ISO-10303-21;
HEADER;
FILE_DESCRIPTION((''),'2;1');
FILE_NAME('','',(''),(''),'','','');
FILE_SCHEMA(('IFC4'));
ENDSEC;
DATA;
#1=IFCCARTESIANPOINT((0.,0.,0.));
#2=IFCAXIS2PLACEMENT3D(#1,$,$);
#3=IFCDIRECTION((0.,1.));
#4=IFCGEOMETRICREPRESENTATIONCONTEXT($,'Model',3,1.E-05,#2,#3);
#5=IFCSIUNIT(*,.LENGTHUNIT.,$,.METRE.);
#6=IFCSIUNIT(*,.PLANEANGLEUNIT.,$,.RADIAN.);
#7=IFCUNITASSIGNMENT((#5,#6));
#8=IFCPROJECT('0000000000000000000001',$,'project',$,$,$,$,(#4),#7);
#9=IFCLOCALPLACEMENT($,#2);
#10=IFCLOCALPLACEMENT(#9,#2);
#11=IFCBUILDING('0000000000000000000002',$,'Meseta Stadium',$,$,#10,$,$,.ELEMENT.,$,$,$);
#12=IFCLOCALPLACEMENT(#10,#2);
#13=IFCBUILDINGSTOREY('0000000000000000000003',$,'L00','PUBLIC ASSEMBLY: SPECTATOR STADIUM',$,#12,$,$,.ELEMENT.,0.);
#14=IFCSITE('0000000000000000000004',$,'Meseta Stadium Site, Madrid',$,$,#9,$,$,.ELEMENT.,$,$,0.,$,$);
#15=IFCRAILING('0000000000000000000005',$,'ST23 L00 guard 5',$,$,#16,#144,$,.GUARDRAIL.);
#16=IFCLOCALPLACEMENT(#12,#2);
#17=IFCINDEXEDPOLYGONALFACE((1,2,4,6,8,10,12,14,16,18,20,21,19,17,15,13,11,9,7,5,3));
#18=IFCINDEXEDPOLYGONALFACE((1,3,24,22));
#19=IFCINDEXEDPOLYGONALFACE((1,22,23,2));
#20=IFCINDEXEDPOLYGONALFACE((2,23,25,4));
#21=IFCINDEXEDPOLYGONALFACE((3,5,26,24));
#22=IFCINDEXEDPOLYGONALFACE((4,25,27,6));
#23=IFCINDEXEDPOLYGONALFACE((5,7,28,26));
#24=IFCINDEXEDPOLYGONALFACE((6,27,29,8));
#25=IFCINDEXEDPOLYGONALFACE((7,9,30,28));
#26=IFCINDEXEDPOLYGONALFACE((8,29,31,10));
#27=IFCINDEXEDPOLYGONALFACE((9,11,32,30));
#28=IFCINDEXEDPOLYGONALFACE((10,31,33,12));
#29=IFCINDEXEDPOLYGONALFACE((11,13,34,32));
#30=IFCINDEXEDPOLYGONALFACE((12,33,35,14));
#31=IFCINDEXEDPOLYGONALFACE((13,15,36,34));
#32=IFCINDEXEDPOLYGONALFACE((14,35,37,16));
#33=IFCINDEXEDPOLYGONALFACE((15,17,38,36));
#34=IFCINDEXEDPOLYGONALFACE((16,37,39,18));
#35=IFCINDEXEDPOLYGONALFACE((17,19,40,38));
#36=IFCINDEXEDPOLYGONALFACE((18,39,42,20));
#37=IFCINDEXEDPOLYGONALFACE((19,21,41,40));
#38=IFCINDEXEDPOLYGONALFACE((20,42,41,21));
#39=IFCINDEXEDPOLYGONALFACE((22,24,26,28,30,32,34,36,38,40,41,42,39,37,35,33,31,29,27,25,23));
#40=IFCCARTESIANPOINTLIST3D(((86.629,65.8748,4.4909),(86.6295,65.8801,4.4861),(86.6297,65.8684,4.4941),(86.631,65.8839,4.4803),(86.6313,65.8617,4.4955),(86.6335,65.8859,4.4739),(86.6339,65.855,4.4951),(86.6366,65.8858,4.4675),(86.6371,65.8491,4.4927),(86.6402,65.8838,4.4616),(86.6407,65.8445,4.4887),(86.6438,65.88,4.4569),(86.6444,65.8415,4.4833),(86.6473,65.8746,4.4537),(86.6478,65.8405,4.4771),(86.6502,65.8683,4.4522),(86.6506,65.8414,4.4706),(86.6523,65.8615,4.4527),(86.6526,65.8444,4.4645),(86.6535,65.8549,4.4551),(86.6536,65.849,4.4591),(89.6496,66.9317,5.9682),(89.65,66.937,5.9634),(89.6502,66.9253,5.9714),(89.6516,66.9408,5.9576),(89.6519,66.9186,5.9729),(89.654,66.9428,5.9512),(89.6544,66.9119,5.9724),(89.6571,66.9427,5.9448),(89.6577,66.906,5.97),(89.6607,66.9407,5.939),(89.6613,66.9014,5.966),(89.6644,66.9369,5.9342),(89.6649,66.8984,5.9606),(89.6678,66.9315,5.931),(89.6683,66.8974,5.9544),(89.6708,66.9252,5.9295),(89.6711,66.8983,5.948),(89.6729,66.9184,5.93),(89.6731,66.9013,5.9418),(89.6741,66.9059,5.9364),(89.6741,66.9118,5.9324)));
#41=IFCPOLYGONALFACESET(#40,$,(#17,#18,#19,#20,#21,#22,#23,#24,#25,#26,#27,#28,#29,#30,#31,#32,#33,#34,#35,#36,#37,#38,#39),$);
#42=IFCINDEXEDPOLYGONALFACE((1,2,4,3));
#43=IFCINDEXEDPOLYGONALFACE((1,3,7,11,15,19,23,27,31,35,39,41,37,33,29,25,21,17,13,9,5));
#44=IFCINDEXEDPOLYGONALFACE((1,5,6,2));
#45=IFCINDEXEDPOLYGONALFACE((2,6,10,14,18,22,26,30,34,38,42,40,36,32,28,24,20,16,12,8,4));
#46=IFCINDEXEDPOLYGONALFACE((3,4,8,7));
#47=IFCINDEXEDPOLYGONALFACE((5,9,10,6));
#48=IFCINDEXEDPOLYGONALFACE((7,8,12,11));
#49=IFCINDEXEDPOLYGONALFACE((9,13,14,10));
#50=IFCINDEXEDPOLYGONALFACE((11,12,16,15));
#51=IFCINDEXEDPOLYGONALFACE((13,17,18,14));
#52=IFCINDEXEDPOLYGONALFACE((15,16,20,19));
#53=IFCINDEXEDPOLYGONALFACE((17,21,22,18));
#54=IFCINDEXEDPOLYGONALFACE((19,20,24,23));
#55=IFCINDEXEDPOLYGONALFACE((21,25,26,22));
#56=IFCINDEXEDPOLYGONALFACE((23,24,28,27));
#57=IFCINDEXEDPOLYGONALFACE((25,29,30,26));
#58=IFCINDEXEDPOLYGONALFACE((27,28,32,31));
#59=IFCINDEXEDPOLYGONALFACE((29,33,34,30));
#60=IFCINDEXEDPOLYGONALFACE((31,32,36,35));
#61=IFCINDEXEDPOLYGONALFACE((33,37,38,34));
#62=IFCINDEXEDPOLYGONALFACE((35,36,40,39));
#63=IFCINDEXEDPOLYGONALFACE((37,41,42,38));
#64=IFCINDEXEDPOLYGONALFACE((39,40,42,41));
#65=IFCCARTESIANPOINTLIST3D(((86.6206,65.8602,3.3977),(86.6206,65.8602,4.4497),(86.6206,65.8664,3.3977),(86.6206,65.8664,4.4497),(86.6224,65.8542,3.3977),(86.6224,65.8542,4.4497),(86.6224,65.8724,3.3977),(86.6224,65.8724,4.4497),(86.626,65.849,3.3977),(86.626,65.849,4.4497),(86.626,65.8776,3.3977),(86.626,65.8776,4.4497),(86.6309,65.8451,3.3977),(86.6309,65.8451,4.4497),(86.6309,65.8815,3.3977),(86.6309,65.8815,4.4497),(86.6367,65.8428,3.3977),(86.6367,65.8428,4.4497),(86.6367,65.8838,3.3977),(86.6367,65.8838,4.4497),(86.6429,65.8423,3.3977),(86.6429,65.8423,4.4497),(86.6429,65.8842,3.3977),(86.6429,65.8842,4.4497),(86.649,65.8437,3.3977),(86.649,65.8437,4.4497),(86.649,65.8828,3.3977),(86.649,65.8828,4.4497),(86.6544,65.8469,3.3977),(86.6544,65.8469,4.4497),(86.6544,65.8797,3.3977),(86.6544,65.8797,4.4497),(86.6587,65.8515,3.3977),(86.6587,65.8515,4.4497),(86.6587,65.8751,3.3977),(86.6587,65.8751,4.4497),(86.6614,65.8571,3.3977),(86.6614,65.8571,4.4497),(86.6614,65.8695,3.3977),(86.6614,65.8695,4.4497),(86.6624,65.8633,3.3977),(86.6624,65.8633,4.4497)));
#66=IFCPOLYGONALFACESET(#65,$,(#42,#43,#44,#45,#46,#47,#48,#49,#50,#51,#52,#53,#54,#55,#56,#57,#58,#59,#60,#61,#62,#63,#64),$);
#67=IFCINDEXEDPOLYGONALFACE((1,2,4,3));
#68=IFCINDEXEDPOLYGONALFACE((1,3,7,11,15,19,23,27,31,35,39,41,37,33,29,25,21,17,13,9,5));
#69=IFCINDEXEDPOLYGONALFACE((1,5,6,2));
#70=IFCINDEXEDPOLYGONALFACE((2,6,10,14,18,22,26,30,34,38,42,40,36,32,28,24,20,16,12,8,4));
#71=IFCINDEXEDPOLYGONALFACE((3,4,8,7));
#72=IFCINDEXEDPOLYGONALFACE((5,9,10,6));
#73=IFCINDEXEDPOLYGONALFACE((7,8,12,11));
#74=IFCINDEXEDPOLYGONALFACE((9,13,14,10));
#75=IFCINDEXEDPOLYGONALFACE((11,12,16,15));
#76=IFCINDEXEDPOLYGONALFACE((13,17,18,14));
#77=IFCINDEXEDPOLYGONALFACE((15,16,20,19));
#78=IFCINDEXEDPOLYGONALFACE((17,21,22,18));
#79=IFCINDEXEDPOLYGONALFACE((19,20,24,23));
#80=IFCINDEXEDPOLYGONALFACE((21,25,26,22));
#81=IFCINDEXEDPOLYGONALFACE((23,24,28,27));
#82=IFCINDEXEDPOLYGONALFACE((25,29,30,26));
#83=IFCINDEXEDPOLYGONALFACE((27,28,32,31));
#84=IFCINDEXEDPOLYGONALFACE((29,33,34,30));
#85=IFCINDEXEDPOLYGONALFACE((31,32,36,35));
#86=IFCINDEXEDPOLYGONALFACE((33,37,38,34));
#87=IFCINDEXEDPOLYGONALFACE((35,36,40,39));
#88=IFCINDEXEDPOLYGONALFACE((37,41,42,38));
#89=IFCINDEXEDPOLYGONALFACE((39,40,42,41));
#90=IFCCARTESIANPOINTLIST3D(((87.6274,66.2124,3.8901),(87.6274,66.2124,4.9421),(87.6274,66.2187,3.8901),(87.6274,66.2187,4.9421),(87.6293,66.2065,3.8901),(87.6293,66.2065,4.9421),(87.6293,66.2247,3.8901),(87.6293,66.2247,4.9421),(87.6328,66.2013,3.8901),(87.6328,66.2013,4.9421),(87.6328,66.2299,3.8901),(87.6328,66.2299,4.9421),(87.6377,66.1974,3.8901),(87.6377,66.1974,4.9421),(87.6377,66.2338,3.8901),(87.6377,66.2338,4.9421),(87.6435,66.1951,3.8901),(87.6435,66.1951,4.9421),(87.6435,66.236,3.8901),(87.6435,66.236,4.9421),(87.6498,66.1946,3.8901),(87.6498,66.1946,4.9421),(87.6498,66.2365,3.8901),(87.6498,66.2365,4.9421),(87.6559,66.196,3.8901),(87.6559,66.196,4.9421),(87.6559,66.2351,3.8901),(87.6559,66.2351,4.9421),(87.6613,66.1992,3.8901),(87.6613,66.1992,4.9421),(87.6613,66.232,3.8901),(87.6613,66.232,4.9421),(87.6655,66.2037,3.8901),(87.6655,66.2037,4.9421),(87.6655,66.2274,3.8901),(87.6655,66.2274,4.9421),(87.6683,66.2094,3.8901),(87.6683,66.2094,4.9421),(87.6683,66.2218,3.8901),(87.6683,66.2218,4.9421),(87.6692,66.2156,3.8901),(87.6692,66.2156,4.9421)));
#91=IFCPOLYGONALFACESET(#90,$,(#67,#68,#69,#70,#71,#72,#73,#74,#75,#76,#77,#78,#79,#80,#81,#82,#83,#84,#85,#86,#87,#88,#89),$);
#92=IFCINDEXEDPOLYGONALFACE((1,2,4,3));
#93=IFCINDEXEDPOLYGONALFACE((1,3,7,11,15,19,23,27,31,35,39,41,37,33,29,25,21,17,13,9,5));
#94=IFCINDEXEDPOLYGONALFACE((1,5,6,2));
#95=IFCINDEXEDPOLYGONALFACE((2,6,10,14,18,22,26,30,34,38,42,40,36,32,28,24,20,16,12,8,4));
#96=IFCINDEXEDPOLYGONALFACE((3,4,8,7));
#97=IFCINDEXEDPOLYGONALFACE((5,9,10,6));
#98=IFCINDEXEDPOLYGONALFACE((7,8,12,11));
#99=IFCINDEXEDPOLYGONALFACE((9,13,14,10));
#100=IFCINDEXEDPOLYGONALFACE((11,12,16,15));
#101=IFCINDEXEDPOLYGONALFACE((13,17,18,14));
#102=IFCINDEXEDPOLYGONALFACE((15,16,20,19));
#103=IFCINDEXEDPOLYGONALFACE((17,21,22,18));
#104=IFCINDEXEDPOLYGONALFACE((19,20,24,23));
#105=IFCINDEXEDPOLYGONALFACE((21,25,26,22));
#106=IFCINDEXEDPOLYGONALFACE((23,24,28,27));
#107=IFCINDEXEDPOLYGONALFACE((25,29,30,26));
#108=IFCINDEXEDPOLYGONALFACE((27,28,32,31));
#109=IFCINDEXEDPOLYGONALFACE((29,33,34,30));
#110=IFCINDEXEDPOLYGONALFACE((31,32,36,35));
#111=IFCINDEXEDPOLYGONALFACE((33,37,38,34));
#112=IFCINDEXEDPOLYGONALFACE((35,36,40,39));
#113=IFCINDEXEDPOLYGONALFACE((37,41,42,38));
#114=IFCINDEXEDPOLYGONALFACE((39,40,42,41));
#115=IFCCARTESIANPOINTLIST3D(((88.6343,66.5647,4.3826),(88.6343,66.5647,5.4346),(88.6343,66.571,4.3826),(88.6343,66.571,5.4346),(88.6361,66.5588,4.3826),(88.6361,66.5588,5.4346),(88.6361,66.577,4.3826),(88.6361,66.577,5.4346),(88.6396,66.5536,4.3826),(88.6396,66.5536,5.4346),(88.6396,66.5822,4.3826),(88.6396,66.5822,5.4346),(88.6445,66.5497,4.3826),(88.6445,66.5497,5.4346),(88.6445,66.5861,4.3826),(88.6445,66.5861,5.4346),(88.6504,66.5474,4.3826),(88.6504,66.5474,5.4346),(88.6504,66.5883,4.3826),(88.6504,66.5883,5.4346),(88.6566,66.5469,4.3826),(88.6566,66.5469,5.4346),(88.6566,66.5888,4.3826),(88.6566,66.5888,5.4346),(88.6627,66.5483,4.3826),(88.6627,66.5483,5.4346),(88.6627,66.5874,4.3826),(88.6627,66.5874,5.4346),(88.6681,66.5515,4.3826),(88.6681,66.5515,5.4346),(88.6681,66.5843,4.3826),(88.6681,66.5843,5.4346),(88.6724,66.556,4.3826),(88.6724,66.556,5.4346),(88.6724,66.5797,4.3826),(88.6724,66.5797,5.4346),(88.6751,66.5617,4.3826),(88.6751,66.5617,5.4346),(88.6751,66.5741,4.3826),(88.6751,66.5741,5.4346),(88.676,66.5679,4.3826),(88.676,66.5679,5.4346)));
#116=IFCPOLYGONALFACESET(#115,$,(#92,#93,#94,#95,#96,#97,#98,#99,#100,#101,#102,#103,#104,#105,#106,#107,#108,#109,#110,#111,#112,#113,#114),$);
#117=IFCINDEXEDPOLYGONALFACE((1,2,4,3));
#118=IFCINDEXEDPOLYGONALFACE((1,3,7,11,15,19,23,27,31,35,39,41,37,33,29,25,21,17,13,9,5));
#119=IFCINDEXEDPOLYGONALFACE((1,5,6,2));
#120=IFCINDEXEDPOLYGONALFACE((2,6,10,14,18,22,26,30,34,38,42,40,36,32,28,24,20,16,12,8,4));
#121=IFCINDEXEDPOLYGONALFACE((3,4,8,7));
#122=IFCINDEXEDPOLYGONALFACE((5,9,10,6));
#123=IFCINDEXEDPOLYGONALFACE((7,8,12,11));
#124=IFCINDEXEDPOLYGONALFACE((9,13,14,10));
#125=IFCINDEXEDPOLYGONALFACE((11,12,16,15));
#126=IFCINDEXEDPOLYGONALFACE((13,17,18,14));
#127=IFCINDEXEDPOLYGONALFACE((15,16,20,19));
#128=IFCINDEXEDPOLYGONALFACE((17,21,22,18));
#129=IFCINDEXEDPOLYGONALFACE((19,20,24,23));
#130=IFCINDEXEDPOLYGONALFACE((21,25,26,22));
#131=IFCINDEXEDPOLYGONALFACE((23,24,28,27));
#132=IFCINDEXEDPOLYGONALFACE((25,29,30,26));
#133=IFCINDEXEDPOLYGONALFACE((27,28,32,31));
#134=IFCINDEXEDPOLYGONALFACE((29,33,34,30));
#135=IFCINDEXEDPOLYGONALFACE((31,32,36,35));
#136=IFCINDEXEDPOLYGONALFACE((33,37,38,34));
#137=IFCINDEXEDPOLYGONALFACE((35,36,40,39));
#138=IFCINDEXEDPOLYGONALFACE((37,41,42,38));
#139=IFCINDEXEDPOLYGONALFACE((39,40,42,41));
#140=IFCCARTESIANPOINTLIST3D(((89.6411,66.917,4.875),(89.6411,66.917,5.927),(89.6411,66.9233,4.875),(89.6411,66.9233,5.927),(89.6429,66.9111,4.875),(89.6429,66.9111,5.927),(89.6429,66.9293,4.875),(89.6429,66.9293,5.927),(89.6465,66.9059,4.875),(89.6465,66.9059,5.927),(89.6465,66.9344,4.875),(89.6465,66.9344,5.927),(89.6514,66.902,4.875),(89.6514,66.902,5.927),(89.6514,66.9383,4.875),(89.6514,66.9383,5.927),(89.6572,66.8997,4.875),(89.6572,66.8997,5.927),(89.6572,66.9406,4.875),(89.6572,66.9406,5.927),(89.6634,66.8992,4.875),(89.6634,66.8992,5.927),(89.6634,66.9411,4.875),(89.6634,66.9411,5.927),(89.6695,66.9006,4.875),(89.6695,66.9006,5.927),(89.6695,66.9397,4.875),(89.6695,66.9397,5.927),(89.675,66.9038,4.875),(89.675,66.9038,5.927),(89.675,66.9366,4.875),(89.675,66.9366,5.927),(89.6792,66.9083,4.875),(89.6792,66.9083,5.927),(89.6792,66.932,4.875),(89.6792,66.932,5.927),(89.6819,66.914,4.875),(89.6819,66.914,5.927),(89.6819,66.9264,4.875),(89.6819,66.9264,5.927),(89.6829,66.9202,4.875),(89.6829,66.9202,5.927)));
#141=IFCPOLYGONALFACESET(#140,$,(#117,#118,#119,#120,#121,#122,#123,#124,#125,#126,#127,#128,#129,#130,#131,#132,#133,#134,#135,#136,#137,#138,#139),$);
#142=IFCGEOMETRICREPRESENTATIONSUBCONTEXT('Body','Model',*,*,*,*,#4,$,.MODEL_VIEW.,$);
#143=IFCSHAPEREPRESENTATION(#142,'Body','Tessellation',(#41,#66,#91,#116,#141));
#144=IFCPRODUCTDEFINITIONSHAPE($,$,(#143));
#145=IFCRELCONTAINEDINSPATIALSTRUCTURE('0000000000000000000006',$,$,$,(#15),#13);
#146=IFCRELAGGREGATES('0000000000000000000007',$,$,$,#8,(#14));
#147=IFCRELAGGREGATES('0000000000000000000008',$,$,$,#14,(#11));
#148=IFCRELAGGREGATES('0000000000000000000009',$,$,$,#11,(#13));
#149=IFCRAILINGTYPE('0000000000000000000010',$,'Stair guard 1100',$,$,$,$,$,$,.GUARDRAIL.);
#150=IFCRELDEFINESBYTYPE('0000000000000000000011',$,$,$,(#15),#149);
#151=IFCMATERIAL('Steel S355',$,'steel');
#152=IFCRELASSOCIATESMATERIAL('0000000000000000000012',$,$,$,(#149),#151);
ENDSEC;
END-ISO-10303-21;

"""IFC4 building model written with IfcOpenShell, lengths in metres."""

from ifc_helpers import new_model, si_unit, direction, frame, origin, origin_2d, place, context, subcontext, project, spatial, circle, extrude, material, type_object, element, save


model = new_model("IFC4")

# Units and contexts
model_context = context("Model", 3, precision=1e-05, world=origin(), true_north=direction((0.0, 1.0)))
body_context = subcontext(model_context, "Body", "Model", "MODEL_VIEW")
ifc_project = project(units=[si_unit("LENGTHUNIT", "METRE"), si_unit("PLANEANGLEUNIT", "RADIAN")], contexts=[model_context])

# Site, building, storey
site_placement = place(None, origin())
site = spatial("IfcSite", under=ifc_project, at=site_placement, Name="Meseta Stadium Site, Madrid", CompositionType="ELEMENT", RefElevation=0.0)
building_placement = place(site_placement, origin())
building = spatial("IfcBuilding", under=site, at=building_placement, Name="Meseta Stadium", CompositionType="ELEMENT")
storey_placement = place(building_placement, origin())
storey = spatial("IfcBuildingStorey", under=building, at=storey_placement, Name="L00", Description="PUBLIC ASSEMBLY: SPECTATOR STADIUM", CompositionType="ELEMENT", Elevation=0.0)

# Railing
ifc_material_1 = material(Name="Steel S355", Category="steel")
railing_type_1 = type_object("IfcRailingType", Name="Stair guard 1100", PredefinedType="GUARDRAIL", material=ifc_material_1)
railing_1_placement = place(storey_placement, frame((86.6414, 65.8633, 3.3977)))
element("IfcRailing", 1, at=railing_1_placement, inside=storey, type_object=railing_type_1, Name="ST23 L00 guard 5", PredefinedType="GUARDRAIL", context=body_context, shape_type="SweptSolid", body=[
    extrude(circle(Radius=0.0239, at=origin_2d()), frame((0.0, 0.0, 1.0762), z_axis=(0.856977, 0.299859, 0.419137), x_axis=(-0.330269, 0.943887, 0.0)), (0.0, 0.0, 1.0), 3.5247),
    extrude(circle(Radius=0.021, at=origin_2d()), origin(), (0.0, 0.0, 1.0), 1.052),
    extrude(circle(Radius=0.021, at=origin_2d()), frame((1.0068, 0.3523, 0.4924)), (0.0, 0.0, 1.0), 1.052),
    extrude(circle(Radius=0.021, at=origin_2d()), frame((2.0137, 0.7046, 0.9849)), (0.0, 0.0, 1.0), 1.052),
    extrude(circle(Radius=0.021, at=origin_2d()), frame((3.0205, 1.0569, 1.4773)), (0.0, 0.0, 1.0), 1.052),
])

save(model, "model.ifc")
